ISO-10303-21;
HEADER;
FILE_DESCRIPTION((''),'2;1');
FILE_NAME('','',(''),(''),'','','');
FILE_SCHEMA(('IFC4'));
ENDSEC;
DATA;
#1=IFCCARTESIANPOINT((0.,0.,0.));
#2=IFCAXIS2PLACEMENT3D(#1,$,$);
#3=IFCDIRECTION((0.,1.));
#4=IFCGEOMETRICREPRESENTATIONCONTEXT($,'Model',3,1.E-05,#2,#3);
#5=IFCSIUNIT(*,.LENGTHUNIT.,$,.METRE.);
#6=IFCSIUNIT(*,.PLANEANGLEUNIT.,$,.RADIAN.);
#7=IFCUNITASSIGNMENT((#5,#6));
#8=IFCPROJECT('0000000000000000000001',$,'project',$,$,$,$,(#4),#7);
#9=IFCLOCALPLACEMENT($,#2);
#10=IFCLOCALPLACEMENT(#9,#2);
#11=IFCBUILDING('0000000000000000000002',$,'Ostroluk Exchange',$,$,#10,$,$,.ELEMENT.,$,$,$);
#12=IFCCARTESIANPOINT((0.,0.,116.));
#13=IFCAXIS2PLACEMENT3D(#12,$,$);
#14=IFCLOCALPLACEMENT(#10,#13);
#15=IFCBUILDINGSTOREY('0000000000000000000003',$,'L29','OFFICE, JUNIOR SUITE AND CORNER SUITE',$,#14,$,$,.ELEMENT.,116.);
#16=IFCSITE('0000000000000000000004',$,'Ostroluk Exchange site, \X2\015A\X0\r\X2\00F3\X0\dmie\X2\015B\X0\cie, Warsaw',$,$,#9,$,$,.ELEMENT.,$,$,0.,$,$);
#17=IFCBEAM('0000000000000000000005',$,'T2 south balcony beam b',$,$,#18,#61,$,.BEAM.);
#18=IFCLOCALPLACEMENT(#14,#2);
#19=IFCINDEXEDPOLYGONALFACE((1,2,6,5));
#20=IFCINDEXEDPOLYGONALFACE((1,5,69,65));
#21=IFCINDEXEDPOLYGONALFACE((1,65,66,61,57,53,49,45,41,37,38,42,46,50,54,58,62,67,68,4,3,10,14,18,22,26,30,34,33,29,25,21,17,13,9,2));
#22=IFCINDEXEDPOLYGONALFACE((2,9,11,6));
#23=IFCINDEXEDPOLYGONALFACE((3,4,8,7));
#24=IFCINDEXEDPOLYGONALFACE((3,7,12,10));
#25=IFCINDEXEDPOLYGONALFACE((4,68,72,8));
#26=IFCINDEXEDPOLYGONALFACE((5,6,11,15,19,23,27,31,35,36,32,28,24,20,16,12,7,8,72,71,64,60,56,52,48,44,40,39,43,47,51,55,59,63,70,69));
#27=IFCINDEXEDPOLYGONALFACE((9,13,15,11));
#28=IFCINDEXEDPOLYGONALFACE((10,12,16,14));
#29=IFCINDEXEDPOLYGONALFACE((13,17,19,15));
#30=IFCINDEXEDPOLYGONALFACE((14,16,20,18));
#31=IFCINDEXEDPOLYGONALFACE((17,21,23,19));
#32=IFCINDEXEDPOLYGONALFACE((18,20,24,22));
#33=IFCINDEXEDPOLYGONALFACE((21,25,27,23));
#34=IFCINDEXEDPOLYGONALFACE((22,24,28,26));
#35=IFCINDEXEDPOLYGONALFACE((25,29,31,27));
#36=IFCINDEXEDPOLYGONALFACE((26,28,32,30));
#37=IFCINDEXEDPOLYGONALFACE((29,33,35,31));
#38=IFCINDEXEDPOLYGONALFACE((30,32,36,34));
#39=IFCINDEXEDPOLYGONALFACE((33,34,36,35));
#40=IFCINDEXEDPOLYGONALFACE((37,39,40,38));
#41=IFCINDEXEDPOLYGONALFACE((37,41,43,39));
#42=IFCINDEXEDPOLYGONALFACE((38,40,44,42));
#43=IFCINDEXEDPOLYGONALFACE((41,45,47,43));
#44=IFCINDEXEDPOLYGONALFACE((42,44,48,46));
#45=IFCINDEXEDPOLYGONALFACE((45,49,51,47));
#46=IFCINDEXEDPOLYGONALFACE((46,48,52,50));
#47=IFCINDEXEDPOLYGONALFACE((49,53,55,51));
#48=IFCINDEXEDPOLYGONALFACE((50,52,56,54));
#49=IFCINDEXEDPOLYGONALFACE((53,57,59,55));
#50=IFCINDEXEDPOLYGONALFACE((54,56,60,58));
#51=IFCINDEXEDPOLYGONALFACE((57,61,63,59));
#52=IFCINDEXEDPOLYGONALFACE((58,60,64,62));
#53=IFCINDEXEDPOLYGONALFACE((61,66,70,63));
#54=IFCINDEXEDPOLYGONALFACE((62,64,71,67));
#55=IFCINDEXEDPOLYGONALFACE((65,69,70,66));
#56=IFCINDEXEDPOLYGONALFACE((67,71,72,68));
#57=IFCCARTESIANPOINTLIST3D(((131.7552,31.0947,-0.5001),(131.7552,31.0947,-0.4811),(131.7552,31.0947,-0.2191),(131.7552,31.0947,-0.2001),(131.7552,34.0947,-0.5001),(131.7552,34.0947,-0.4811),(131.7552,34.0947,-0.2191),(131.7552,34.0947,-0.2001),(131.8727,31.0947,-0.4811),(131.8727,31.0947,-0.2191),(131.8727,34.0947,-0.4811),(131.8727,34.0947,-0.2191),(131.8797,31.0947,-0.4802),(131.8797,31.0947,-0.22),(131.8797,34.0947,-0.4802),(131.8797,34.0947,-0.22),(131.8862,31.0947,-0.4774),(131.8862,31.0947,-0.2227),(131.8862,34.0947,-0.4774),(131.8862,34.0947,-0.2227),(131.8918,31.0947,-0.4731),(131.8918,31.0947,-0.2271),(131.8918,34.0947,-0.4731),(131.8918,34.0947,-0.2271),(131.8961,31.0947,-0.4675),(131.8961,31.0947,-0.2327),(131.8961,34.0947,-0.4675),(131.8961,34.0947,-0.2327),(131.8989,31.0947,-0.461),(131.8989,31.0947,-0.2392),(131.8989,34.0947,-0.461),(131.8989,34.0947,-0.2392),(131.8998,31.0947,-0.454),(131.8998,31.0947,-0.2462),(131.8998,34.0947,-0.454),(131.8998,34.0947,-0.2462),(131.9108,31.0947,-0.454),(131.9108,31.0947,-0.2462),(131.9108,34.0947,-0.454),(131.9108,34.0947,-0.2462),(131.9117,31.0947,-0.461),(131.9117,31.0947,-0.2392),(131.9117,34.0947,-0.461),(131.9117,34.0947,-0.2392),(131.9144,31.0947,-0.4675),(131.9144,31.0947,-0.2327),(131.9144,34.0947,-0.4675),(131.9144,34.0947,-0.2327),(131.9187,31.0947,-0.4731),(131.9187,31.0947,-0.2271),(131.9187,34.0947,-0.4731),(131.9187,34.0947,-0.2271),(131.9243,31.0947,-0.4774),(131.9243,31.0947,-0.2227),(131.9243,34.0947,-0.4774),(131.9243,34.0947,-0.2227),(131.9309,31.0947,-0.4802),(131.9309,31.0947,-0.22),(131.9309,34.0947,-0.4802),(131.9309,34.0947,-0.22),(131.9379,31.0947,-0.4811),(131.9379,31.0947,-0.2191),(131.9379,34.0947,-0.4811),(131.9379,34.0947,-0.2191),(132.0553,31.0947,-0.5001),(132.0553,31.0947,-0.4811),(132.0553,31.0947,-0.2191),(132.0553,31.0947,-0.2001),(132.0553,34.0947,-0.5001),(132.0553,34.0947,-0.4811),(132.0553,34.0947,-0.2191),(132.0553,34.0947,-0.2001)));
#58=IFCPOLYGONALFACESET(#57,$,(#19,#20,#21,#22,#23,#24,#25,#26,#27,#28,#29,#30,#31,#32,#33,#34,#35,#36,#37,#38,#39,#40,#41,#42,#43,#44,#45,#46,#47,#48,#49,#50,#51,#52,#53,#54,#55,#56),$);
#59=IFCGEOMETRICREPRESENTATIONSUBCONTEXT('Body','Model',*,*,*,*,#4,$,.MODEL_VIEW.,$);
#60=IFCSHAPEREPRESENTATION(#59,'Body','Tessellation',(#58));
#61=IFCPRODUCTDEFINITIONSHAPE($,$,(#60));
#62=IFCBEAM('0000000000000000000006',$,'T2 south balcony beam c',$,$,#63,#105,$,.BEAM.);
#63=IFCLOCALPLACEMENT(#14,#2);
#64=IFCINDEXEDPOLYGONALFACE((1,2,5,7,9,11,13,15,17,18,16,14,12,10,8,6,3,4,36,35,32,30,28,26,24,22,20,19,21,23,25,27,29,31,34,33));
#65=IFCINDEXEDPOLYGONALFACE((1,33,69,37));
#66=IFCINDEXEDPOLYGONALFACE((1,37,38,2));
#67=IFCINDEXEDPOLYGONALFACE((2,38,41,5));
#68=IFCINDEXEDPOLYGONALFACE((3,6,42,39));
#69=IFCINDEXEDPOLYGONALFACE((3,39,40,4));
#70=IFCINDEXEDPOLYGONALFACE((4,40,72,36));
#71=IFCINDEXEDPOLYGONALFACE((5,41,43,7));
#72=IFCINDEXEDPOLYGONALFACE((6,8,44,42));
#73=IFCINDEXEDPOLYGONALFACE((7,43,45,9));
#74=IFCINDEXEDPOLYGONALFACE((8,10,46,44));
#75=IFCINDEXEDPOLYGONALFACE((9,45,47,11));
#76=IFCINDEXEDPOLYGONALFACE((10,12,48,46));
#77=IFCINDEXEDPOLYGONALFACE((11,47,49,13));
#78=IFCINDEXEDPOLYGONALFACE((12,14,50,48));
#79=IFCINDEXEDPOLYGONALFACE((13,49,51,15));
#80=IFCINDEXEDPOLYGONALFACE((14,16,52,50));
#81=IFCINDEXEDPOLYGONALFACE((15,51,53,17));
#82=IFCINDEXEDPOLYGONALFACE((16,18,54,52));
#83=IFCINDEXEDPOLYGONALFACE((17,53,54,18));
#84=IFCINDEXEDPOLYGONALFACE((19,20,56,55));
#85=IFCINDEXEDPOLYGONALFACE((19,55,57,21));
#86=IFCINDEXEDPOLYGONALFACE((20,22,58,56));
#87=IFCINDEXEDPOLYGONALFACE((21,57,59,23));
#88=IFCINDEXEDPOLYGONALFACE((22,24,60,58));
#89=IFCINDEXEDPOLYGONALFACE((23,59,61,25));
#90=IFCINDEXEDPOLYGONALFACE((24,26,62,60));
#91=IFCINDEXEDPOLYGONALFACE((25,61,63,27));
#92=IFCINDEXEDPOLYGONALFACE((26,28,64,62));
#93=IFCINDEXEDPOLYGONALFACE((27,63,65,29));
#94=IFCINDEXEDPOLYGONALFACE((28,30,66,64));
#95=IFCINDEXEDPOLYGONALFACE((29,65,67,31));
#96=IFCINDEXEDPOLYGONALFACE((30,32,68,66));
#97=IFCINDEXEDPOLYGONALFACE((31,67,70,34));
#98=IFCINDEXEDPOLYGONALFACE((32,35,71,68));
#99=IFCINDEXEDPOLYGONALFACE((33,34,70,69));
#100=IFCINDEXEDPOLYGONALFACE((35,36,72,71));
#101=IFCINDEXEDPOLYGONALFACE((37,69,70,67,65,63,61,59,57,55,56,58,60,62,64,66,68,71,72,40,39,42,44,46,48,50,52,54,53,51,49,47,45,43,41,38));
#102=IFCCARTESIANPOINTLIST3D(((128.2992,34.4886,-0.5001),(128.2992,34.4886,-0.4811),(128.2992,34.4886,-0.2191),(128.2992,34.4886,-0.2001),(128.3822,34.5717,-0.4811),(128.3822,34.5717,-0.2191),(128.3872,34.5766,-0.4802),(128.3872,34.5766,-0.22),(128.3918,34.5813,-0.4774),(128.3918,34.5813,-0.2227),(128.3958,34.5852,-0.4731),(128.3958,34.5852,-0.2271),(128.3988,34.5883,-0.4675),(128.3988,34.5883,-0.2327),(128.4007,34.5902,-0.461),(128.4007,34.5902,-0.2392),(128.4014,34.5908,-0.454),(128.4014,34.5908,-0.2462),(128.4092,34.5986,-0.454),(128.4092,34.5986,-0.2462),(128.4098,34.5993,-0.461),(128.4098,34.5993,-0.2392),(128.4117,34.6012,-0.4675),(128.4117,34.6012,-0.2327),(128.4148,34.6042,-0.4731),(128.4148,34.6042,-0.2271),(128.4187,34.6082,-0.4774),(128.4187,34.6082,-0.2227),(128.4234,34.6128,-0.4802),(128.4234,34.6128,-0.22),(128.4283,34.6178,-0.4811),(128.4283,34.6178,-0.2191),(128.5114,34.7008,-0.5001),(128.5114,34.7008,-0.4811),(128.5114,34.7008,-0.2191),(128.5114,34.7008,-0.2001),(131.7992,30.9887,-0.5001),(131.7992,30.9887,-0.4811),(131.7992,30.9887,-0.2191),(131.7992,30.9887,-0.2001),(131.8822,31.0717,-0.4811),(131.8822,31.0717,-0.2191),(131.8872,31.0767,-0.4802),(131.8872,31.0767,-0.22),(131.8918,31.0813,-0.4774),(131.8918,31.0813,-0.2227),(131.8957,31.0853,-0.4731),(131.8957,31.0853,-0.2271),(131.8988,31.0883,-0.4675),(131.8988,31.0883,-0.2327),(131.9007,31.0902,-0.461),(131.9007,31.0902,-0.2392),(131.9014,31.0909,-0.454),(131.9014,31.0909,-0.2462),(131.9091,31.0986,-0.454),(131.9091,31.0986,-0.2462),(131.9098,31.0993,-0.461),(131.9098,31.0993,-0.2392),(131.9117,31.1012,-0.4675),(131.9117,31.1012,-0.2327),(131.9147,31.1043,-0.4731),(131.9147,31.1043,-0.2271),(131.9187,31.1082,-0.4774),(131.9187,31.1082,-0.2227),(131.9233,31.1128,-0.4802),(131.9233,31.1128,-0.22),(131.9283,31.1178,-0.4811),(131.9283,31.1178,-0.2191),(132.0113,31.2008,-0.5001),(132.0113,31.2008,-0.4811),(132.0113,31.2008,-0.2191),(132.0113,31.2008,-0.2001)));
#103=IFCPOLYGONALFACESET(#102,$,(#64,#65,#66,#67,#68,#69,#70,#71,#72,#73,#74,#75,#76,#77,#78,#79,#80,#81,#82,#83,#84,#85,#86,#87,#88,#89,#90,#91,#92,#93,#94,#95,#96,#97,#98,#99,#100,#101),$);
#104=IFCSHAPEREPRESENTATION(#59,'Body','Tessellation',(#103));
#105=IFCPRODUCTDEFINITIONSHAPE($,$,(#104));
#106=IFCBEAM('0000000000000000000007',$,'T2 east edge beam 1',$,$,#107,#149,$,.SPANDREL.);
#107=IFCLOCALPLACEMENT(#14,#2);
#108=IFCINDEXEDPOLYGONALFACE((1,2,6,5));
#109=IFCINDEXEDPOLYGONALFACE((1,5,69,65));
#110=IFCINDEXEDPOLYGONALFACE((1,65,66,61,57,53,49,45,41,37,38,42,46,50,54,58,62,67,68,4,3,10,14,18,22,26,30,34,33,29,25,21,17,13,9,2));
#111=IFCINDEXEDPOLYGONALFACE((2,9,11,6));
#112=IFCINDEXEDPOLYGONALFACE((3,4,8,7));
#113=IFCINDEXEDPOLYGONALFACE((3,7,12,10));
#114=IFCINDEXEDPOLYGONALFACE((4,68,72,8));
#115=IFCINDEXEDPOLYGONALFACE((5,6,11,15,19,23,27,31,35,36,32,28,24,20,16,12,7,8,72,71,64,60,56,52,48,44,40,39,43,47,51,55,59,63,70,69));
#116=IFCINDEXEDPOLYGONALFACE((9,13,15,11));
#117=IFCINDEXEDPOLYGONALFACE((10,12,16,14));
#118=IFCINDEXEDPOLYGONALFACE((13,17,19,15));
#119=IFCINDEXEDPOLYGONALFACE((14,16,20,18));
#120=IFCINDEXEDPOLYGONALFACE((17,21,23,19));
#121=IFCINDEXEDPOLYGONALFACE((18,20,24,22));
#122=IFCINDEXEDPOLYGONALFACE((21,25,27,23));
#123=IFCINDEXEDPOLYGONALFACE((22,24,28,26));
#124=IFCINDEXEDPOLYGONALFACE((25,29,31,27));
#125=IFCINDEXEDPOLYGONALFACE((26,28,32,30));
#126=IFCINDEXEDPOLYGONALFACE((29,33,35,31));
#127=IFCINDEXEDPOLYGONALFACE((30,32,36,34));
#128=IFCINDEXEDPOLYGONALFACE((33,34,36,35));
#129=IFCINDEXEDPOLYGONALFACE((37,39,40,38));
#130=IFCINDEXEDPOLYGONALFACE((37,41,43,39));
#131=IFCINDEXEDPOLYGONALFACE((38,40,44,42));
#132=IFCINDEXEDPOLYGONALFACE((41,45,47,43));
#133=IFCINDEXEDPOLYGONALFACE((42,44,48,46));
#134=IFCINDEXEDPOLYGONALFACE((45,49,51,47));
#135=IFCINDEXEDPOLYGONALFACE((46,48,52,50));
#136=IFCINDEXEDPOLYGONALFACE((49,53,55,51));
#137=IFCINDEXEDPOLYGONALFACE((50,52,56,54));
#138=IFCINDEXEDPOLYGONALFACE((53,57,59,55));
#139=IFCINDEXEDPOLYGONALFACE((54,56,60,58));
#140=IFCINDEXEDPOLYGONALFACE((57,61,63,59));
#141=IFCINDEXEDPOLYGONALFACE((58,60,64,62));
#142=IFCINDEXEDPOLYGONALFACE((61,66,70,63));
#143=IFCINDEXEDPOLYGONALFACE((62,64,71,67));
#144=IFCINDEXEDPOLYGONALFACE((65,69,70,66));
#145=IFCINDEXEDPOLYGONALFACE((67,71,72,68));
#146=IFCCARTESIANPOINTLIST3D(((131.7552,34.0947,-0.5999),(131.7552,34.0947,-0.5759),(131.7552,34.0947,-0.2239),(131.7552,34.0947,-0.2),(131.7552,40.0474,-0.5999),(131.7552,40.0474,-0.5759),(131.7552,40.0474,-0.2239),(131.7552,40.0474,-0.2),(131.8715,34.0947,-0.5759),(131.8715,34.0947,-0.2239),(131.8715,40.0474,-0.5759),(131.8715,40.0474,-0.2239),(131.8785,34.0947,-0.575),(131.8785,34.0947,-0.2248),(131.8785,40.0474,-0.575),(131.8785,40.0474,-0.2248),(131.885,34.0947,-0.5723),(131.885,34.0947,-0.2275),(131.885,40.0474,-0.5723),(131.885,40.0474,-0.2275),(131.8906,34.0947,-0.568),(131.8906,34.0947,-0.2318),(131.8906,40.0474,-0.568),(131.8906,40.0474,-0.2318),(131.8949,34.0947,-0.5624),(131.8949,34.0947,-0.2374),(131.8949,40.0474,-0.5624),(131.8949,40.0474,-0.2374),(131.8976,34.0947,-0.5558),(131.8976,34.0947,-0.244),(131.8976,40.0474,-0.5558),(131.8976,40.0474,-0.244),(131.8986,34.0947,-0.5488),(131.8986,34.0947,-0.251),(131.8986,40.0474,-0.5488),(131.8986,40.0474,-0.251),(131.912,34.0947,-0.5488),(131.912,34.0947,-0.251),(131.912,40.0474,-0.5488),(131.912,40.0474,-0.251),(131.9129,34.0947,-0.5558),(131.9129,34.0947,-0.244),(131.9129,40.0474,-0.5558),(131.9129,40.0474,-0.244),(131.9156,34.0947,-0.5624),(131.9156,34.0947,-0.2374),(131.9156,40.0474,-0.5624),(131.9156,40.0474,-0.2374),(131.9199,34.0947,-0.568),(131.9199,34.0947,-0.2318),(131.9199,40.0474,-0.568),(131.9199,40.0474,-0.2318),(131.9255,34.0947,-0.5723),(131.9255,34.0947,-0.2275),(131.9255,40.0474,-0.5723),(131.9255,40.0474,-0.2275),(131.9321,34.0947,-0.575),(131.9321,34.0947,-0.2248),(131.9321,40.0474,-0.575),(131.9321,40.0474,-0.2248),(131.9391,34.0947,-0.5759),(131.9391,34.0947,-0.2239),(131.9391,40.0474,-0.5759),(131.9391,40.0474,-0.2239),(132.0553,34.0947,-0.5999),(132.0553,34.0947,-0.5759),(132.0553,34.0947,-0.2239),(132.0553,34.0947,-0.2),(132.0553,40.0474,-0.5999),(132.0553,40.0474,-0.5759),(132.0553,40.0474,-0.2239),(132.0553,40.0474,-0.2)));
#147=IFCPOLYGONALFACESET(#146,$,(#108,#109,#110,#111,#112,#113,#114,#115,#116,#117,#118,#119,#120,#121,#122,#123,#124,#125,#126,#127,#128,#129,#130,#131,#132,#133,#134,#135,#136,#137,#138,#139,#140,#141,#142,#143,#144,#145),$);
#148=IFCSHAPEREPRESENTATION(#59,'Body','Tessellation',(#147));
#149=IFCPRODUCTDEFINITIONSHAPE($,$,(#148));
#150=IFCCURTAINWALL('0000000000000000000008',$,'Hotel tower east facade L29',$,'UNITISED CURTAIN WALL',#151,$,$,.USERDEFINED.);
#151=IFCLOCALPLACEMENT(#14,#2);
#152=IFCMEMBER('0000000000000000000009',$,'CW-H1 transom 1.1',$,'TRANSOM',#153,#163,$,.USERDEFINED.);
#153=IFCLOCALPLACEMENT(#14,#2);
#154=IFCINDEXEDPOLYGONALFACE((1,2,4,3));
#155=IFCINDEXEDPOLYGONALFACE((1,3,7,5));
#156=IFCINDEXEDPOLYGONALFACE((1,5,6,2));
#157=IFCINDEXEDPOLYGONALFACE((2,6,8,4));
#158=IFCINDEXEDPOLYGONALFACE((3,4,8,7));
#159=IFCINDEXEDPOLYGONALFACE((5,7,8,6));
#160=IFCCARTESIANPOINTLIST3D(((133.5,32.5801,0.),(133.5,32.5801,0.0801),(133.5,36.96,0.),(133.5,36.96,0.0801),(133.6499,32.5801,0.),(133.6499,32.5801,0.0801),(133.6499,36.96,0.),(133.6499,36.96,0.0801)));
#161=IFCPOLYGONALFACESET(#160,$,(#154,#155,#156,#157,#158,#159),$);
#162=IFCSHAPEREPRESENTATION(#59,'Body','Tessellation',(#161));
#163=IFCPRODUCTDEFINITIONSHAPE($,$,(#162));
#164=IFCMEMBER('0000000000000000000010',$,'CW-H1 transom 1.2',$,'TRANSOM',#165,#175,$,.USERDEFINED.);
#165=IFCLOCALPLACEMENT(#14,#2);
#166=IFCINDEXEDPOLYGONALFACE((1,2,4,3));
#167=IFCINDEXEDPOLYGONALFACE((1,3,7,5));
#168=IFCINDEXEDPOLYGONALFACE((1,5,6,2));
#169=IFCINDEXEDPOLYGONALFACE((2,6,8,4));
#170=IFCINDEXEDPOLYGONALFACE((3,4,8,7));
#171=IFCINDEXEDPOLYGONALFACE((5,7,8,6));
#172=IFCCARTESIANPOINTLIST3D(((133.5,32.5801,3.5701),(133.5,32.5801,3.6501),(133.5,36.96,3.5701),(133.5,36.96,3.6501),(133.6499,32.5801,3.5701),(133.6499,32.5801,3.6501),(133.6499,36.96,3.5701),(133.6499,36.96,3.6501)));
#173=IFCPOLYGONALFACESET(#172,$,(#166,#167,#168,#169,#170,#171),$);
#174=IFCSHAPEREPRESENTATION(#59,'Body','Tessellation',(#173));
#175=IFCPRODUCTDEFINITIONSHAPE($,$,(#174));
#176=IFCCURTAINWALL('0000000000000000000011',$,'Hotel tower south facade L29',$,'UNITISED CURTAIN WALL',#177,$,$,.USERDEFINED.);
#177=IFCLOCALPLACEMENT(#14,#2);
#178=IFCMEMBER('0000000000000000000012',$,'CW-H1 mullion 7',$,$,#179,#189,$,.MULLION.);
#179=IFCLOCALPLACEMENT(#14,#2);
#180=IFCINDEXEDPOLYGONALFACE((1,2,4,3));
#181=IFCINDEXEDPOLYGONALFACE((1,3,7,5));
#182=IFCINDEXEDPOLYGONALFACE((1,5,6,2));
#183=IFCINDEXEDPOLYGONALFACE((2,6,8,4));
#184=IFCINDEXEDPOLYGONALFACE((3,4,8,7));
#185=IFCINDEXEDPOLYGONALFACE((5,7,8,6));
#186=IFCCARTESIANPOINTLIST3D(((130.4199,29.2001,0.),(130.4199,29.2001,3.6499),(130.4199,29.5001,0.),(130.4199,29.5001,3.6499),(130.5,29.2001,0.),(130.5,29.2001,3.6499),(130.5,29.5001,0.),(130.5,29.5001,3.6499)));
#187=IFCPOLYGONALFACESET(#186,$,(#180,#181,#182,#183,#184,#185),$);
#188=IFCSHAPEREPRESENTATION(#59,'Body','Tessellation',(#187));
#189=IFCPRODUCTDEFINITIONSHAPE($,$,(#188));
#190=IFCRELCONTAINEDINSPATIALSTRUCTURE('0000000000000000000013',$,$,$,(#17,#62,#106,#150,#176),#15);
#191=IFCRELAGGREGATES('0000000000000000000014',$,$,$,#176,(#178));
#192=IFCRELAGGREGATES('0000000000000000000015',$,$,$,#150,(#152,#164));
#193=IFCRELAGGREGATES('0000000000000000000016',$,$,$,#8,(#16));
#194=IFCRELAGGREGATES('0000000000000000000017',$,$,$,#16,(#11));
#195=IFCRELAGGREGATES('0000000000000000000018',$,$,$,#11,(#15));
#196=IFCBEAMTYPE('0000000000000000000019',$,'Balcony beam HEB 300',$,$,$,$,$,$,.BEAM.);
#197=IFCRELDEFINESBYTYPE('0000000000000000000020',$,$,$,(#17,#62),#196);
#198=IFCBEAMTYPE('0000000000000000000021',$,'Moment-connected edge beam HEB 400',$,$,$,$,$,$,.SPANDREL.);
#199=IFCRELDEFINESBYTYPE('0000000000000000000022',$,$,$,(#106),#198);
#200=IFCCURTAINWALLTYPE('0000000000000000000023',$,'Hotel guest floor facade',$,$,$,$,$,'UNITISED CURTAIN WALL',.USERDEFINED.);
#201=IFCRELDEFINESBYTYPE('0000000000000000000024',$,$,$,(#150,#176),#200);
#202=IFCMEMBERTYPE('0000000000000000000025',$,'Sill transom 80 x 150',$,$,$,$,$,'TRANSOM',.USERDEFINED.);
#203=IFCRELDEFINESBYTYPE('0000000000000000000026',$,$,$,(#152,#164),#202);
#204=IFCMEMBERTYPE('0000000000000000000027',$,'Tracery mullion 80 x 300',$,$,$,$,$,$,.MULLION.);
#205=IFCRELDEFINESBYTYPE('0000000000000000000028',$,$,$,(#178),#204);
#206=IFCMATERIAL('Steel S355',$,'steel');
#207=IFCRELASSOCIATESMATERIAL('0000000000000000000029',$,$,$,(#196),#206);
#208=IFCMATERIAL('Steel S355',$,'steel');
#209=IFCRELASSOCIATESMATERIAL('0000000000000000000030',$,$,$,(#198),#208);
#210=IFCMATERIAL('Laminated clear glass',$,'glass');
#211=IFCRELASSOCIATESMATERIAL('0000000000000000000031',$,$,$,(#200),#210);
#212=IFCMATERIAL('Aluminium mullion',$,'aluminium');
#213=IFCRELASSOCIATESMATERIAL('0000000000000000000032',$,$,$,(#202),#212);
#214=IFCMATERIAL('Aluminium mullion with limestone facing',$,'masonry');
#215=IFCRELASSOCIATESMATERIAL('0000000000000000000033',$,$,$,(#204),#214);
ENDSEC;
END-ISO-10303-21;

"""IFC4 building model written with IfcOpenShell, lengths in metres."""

from ifc_helpers import new_model, si_unit, direction, frame, origin, origin_2d, place, context, subcontext, project, spatial, rectangle, i_section, extrude, material, material_profile, profile_set, type_object, element, aggregate, save


model = new_model("IFC4")

# Units and contexts
model_context = context("Model", 3, precision=1e-05, world=origin(), true_north=direction((0.0, 1.0)))
body_context = subcontext(model_context, "Body", "Model", "MODEL_VIEW")
ifc_project = project(units=[si_unit("LENGTHUNIT", "METRE"), si_unit("PLANEANGLEUNIT", "RADIAN")], contexts=[model_context])

# Site, building, storey
site_placement = place(None, origin())
site = spatial("IfcSite", under=ifc_project, at=site_placement, Name="Ostroluk Exchange site, Śródmieście, Warsaw", CompositionType="ELEMENT", RefElevation=0.0)
building_placement = place(site_placement, origin())
building = spatial("IfcBuilding", under=site, at=building_placement, Name="Ostroluk Exchange", CompositionType="ELEMENT")
storey_placement = place(building_placement, frame((0.0, 0.0, 116.0)))
storey = spatial("IfcBuildingStorey", under=building, at=storey_placement, Name="L29", Description="OFFICE, JUNIOR SUITE AND CORNER SUITE", CompositionType="ELEMENT", Elevation=116.0)

# Beams
ifc_material_1 = material(Name="Steel S355", Category="steel")
ifc_material_profile_1 = material_profile(ifc_material_1, i_section(OverallWidth=0.3, OverallDepth=0.3, WebThickness=0.011, FlangeThickness=0.019, FilletRadius=0.0271, at=origin_2d()), Name="HEB 300")
ifc_profile_set_1 = profile_set([ifc_material_profile_1], Name="Steel S355")
beam_type_1 = type_object("IfcBeamType", Name="Balcony beam HEB 300", PredefinedType="BEAM", material=ifc_profile_set_1)
for number, where, z_axis, x_axis, name in (
    (1, (131.9053, 34.0947, -0.3501), (0.0, -1.0, 0.0), (1.0, 0.0, 0.0), "T2 south balcony beam b"),
):
    element("IfcBeam", number, at=place(storey_placement, frame(where, z_axis=z_axis, x_axis=x_axis)), inside=storey, type_object=beam_type_1, Name=name, PredefinedType="BEAM", context=body_context, shape_type="SweptSolid", body=[
        extrude(i_section(OverallWidth=0.3, OverallDepth=0.3, WebThickness=0.011, FlangeThickness=0.019, FilletRadius=0.0271, at=origin_2d()), origin(), (0.0, 0.0, 1.0), 3.0),
    ])
beam_1_placement = place(storey_placement, frame((128.4053, 34.5947, -0.3501), z_axis=(0.707107, -0.707107, 0.0), x_axis=(0.707107, 0.707107, 0.0)))
element("IfcBeam", 2, at=beam_1_placement, inside=storey, type_object=beam_type_1, Name="T2 south balcony beam c", PredefinedType="BEAM", context=body_context, shape_type="SweptSolid", body=[
    extrude(i_section(OverallWidth=0.3, OverallDepth=0.3, WebThickness=0.011, FlangeThickness=0.019, FilletRadius=0.0271, at=origin_2d()), origin(), (0.0, 0.0, 1.0), 4.9497),
])
ifc_material_2 = material(Name="Steel S355", Category="steel")
ifc_material_profile_2 = material_profile(ifc_material_2, i_section(OverallWidth=0.3, OverallDepth=0.3999, WebThickness=0.0134, FlangeThickness=0.0239, FilletRadius=0.0271, at=origin_2d()), Name="HEB 400")
ifc_profile_set_2 = profile_set([ifc_material_profile_2], Name="Steel S355")
beam_type_2 = type_object("IfcBeamType", Name="Moment-connected edge beam HEB 400", PredefinedType="SPANDREL", material=ifc_profile_set_2)
beam_2_placement = place(storey_placement, frame((131.9053, 34.0947, -0.3999), z_axis=(0.0, 1.0, 0.0), x_axis=(-1.0, 0.0, 0.0)))
element("IfcBeam", 3, at=beam_2_placement, inside=storey, type_object=beam_type_2, Name="T2 east edge beam 1", PredefinedType="SPANDREL", context=body_context, shape_type="SweptSolid", body=[
    extrude(i_section(OverallWidth=0.3, OverallDepth=0.3999, WebThickness=0.0134, FlangeThickness=0.0239, FilletRadius=0.0271, at=origin_2d()), origin(), (0.0, 0.0, 1.0), 5.9526),
])

# Curtain wall, members
ifc_material_3 = material(Name="Laminated clear glass", Category="glass")
curtain_wall_type = type_object("IfcCurtainWallType", Name="Hotel guest floor facade", ElementType="UNITISED CURTAIN WALL", PredefinedType="USERDEFINED", material=ifc_material_3)
curtain_wall_1_placement = place(storey_placement, origin())
curtain_wall_1 = element("IfcCurtainWall", 4, at=curtain_wall_1_placement, inside=storey, type_object=curtain_wall_type, Name="Hotel tower east facade L29", ObjectType="UNITISED CURTAIN WALL", PredefinedType="USERDEFINED")
ifc_material_4 = material(Name="Aluminium mullion", Category="aluminium")
ifc_material_profile_3 = material_profile(ifc_material_4, rectangle(XDim=0.1499, YDim=0.0801, at=origin_2d()), Name="Sill transom 80 x 150")
ifc_profile_set_3 = profile_set([ifc_material_profile_3], Name="Aluminium mullion")
member_type_1 = type_object("IfcMemberType", Name="Sill transom 80 x 150", ElementType="TRANSOM", PredefinedType="USERDEFINED", material=ifc_profile_set_3)
member_1_placement = place(storey_placement, frame((133.575, 32.5801, 0.04), z_axis=(0.0, 1.0, 0.0), x_axis=(-1.0, 0.0, 0.0)))
member_1 = element("IfcMember", 5, at=member_1_placement, type_object=member_type_1, Name="CW-H1 transom 1.1", ObjectType="TRANSOM", PredefinedType="USERDEFINED", context=body_context, shape_type="SweptSolid", body=[
    extrude(rectangle(XDim=0.1499, YDim=0.0801, at=origin_2d()), origin(), (0.0, 0.0, 1.0), 4.3799),
])
member_2_placement = place(storey_placement, frame((133.575, 32.5801, 3.6101), z_axis=(0.0, 1.0, 0.0), x_axis=(-1.0, 0.0, 0.0)))
member_2 = element("IfcMember", 6, at=member_2_placement, type_object=member_type_1, Name="CW-H1 transom 1.2", ObjectType="TRANSOM", PredefinedType="USERDEFINED", context=body_context, shape_type="SweptSolid", body=[
    extrude(rectangle(XDim=0.1499, YDim=0.0801, at=origin_2d()), origin(), (0.0, 0.0, 1.0), 4.3799),
])

# Curtain wall, member
curtain_wall_2_placement = place(storey_placement, origin())
curtain_wall_2 = element("IfcCurtainWall", 7, at=curtain_wall_2_placement, inside=storey, type_object=curtain_wall_type, Name="Hotel tower south facade L29", ObjectType="UNITISED CURTAIN WALL", PredefinedType="USERDEFINED")
ifc_material_5 = material(Name="Aluminium mullion with limestone facing", Category="masonry")
ifc_material_profile_4 = material_profile(ifc_material_5, rectangle(XDim=0.3, YDim=0.0801, at=origin_2d()), Name="Tracery mullion 80 x 300")
ifc_profile_set_4 = profile_set([ifc_material_profile_4], Name="Aluminium mullion with limestone facing")
member_type_2 = type_object("IfcMemberType", Name="Tracery mullion 80 x 300", PredefinedType="MULLION", material=ifc_profile_set_4)
member_3_placement = place(storey_placement, frame((130.46, 29.3501, 0.0), z_axis=(0.0, 0.0, 1.0), x_axis=(0.0, 1.0, 0.0)))
member_3 = element("IfcMember", 8, at=member_3_placement, type_object=member_type_2, Name="CW-H1 mullion 7", PredefinedType="MULLION", context=body_context, shape_type="SweptSolid", body=[
    extrude(rectangle(XDim=0.3, YDim=0.0801, at=origin_2d()), origin(), (0.0, 0.0, 1.0), 3.6499),
])
aggregate(curtain_wall_2, [member_3])

aggregate(curtain_wall_1, [member_1, member_2])

save(model, "model.ifc")
